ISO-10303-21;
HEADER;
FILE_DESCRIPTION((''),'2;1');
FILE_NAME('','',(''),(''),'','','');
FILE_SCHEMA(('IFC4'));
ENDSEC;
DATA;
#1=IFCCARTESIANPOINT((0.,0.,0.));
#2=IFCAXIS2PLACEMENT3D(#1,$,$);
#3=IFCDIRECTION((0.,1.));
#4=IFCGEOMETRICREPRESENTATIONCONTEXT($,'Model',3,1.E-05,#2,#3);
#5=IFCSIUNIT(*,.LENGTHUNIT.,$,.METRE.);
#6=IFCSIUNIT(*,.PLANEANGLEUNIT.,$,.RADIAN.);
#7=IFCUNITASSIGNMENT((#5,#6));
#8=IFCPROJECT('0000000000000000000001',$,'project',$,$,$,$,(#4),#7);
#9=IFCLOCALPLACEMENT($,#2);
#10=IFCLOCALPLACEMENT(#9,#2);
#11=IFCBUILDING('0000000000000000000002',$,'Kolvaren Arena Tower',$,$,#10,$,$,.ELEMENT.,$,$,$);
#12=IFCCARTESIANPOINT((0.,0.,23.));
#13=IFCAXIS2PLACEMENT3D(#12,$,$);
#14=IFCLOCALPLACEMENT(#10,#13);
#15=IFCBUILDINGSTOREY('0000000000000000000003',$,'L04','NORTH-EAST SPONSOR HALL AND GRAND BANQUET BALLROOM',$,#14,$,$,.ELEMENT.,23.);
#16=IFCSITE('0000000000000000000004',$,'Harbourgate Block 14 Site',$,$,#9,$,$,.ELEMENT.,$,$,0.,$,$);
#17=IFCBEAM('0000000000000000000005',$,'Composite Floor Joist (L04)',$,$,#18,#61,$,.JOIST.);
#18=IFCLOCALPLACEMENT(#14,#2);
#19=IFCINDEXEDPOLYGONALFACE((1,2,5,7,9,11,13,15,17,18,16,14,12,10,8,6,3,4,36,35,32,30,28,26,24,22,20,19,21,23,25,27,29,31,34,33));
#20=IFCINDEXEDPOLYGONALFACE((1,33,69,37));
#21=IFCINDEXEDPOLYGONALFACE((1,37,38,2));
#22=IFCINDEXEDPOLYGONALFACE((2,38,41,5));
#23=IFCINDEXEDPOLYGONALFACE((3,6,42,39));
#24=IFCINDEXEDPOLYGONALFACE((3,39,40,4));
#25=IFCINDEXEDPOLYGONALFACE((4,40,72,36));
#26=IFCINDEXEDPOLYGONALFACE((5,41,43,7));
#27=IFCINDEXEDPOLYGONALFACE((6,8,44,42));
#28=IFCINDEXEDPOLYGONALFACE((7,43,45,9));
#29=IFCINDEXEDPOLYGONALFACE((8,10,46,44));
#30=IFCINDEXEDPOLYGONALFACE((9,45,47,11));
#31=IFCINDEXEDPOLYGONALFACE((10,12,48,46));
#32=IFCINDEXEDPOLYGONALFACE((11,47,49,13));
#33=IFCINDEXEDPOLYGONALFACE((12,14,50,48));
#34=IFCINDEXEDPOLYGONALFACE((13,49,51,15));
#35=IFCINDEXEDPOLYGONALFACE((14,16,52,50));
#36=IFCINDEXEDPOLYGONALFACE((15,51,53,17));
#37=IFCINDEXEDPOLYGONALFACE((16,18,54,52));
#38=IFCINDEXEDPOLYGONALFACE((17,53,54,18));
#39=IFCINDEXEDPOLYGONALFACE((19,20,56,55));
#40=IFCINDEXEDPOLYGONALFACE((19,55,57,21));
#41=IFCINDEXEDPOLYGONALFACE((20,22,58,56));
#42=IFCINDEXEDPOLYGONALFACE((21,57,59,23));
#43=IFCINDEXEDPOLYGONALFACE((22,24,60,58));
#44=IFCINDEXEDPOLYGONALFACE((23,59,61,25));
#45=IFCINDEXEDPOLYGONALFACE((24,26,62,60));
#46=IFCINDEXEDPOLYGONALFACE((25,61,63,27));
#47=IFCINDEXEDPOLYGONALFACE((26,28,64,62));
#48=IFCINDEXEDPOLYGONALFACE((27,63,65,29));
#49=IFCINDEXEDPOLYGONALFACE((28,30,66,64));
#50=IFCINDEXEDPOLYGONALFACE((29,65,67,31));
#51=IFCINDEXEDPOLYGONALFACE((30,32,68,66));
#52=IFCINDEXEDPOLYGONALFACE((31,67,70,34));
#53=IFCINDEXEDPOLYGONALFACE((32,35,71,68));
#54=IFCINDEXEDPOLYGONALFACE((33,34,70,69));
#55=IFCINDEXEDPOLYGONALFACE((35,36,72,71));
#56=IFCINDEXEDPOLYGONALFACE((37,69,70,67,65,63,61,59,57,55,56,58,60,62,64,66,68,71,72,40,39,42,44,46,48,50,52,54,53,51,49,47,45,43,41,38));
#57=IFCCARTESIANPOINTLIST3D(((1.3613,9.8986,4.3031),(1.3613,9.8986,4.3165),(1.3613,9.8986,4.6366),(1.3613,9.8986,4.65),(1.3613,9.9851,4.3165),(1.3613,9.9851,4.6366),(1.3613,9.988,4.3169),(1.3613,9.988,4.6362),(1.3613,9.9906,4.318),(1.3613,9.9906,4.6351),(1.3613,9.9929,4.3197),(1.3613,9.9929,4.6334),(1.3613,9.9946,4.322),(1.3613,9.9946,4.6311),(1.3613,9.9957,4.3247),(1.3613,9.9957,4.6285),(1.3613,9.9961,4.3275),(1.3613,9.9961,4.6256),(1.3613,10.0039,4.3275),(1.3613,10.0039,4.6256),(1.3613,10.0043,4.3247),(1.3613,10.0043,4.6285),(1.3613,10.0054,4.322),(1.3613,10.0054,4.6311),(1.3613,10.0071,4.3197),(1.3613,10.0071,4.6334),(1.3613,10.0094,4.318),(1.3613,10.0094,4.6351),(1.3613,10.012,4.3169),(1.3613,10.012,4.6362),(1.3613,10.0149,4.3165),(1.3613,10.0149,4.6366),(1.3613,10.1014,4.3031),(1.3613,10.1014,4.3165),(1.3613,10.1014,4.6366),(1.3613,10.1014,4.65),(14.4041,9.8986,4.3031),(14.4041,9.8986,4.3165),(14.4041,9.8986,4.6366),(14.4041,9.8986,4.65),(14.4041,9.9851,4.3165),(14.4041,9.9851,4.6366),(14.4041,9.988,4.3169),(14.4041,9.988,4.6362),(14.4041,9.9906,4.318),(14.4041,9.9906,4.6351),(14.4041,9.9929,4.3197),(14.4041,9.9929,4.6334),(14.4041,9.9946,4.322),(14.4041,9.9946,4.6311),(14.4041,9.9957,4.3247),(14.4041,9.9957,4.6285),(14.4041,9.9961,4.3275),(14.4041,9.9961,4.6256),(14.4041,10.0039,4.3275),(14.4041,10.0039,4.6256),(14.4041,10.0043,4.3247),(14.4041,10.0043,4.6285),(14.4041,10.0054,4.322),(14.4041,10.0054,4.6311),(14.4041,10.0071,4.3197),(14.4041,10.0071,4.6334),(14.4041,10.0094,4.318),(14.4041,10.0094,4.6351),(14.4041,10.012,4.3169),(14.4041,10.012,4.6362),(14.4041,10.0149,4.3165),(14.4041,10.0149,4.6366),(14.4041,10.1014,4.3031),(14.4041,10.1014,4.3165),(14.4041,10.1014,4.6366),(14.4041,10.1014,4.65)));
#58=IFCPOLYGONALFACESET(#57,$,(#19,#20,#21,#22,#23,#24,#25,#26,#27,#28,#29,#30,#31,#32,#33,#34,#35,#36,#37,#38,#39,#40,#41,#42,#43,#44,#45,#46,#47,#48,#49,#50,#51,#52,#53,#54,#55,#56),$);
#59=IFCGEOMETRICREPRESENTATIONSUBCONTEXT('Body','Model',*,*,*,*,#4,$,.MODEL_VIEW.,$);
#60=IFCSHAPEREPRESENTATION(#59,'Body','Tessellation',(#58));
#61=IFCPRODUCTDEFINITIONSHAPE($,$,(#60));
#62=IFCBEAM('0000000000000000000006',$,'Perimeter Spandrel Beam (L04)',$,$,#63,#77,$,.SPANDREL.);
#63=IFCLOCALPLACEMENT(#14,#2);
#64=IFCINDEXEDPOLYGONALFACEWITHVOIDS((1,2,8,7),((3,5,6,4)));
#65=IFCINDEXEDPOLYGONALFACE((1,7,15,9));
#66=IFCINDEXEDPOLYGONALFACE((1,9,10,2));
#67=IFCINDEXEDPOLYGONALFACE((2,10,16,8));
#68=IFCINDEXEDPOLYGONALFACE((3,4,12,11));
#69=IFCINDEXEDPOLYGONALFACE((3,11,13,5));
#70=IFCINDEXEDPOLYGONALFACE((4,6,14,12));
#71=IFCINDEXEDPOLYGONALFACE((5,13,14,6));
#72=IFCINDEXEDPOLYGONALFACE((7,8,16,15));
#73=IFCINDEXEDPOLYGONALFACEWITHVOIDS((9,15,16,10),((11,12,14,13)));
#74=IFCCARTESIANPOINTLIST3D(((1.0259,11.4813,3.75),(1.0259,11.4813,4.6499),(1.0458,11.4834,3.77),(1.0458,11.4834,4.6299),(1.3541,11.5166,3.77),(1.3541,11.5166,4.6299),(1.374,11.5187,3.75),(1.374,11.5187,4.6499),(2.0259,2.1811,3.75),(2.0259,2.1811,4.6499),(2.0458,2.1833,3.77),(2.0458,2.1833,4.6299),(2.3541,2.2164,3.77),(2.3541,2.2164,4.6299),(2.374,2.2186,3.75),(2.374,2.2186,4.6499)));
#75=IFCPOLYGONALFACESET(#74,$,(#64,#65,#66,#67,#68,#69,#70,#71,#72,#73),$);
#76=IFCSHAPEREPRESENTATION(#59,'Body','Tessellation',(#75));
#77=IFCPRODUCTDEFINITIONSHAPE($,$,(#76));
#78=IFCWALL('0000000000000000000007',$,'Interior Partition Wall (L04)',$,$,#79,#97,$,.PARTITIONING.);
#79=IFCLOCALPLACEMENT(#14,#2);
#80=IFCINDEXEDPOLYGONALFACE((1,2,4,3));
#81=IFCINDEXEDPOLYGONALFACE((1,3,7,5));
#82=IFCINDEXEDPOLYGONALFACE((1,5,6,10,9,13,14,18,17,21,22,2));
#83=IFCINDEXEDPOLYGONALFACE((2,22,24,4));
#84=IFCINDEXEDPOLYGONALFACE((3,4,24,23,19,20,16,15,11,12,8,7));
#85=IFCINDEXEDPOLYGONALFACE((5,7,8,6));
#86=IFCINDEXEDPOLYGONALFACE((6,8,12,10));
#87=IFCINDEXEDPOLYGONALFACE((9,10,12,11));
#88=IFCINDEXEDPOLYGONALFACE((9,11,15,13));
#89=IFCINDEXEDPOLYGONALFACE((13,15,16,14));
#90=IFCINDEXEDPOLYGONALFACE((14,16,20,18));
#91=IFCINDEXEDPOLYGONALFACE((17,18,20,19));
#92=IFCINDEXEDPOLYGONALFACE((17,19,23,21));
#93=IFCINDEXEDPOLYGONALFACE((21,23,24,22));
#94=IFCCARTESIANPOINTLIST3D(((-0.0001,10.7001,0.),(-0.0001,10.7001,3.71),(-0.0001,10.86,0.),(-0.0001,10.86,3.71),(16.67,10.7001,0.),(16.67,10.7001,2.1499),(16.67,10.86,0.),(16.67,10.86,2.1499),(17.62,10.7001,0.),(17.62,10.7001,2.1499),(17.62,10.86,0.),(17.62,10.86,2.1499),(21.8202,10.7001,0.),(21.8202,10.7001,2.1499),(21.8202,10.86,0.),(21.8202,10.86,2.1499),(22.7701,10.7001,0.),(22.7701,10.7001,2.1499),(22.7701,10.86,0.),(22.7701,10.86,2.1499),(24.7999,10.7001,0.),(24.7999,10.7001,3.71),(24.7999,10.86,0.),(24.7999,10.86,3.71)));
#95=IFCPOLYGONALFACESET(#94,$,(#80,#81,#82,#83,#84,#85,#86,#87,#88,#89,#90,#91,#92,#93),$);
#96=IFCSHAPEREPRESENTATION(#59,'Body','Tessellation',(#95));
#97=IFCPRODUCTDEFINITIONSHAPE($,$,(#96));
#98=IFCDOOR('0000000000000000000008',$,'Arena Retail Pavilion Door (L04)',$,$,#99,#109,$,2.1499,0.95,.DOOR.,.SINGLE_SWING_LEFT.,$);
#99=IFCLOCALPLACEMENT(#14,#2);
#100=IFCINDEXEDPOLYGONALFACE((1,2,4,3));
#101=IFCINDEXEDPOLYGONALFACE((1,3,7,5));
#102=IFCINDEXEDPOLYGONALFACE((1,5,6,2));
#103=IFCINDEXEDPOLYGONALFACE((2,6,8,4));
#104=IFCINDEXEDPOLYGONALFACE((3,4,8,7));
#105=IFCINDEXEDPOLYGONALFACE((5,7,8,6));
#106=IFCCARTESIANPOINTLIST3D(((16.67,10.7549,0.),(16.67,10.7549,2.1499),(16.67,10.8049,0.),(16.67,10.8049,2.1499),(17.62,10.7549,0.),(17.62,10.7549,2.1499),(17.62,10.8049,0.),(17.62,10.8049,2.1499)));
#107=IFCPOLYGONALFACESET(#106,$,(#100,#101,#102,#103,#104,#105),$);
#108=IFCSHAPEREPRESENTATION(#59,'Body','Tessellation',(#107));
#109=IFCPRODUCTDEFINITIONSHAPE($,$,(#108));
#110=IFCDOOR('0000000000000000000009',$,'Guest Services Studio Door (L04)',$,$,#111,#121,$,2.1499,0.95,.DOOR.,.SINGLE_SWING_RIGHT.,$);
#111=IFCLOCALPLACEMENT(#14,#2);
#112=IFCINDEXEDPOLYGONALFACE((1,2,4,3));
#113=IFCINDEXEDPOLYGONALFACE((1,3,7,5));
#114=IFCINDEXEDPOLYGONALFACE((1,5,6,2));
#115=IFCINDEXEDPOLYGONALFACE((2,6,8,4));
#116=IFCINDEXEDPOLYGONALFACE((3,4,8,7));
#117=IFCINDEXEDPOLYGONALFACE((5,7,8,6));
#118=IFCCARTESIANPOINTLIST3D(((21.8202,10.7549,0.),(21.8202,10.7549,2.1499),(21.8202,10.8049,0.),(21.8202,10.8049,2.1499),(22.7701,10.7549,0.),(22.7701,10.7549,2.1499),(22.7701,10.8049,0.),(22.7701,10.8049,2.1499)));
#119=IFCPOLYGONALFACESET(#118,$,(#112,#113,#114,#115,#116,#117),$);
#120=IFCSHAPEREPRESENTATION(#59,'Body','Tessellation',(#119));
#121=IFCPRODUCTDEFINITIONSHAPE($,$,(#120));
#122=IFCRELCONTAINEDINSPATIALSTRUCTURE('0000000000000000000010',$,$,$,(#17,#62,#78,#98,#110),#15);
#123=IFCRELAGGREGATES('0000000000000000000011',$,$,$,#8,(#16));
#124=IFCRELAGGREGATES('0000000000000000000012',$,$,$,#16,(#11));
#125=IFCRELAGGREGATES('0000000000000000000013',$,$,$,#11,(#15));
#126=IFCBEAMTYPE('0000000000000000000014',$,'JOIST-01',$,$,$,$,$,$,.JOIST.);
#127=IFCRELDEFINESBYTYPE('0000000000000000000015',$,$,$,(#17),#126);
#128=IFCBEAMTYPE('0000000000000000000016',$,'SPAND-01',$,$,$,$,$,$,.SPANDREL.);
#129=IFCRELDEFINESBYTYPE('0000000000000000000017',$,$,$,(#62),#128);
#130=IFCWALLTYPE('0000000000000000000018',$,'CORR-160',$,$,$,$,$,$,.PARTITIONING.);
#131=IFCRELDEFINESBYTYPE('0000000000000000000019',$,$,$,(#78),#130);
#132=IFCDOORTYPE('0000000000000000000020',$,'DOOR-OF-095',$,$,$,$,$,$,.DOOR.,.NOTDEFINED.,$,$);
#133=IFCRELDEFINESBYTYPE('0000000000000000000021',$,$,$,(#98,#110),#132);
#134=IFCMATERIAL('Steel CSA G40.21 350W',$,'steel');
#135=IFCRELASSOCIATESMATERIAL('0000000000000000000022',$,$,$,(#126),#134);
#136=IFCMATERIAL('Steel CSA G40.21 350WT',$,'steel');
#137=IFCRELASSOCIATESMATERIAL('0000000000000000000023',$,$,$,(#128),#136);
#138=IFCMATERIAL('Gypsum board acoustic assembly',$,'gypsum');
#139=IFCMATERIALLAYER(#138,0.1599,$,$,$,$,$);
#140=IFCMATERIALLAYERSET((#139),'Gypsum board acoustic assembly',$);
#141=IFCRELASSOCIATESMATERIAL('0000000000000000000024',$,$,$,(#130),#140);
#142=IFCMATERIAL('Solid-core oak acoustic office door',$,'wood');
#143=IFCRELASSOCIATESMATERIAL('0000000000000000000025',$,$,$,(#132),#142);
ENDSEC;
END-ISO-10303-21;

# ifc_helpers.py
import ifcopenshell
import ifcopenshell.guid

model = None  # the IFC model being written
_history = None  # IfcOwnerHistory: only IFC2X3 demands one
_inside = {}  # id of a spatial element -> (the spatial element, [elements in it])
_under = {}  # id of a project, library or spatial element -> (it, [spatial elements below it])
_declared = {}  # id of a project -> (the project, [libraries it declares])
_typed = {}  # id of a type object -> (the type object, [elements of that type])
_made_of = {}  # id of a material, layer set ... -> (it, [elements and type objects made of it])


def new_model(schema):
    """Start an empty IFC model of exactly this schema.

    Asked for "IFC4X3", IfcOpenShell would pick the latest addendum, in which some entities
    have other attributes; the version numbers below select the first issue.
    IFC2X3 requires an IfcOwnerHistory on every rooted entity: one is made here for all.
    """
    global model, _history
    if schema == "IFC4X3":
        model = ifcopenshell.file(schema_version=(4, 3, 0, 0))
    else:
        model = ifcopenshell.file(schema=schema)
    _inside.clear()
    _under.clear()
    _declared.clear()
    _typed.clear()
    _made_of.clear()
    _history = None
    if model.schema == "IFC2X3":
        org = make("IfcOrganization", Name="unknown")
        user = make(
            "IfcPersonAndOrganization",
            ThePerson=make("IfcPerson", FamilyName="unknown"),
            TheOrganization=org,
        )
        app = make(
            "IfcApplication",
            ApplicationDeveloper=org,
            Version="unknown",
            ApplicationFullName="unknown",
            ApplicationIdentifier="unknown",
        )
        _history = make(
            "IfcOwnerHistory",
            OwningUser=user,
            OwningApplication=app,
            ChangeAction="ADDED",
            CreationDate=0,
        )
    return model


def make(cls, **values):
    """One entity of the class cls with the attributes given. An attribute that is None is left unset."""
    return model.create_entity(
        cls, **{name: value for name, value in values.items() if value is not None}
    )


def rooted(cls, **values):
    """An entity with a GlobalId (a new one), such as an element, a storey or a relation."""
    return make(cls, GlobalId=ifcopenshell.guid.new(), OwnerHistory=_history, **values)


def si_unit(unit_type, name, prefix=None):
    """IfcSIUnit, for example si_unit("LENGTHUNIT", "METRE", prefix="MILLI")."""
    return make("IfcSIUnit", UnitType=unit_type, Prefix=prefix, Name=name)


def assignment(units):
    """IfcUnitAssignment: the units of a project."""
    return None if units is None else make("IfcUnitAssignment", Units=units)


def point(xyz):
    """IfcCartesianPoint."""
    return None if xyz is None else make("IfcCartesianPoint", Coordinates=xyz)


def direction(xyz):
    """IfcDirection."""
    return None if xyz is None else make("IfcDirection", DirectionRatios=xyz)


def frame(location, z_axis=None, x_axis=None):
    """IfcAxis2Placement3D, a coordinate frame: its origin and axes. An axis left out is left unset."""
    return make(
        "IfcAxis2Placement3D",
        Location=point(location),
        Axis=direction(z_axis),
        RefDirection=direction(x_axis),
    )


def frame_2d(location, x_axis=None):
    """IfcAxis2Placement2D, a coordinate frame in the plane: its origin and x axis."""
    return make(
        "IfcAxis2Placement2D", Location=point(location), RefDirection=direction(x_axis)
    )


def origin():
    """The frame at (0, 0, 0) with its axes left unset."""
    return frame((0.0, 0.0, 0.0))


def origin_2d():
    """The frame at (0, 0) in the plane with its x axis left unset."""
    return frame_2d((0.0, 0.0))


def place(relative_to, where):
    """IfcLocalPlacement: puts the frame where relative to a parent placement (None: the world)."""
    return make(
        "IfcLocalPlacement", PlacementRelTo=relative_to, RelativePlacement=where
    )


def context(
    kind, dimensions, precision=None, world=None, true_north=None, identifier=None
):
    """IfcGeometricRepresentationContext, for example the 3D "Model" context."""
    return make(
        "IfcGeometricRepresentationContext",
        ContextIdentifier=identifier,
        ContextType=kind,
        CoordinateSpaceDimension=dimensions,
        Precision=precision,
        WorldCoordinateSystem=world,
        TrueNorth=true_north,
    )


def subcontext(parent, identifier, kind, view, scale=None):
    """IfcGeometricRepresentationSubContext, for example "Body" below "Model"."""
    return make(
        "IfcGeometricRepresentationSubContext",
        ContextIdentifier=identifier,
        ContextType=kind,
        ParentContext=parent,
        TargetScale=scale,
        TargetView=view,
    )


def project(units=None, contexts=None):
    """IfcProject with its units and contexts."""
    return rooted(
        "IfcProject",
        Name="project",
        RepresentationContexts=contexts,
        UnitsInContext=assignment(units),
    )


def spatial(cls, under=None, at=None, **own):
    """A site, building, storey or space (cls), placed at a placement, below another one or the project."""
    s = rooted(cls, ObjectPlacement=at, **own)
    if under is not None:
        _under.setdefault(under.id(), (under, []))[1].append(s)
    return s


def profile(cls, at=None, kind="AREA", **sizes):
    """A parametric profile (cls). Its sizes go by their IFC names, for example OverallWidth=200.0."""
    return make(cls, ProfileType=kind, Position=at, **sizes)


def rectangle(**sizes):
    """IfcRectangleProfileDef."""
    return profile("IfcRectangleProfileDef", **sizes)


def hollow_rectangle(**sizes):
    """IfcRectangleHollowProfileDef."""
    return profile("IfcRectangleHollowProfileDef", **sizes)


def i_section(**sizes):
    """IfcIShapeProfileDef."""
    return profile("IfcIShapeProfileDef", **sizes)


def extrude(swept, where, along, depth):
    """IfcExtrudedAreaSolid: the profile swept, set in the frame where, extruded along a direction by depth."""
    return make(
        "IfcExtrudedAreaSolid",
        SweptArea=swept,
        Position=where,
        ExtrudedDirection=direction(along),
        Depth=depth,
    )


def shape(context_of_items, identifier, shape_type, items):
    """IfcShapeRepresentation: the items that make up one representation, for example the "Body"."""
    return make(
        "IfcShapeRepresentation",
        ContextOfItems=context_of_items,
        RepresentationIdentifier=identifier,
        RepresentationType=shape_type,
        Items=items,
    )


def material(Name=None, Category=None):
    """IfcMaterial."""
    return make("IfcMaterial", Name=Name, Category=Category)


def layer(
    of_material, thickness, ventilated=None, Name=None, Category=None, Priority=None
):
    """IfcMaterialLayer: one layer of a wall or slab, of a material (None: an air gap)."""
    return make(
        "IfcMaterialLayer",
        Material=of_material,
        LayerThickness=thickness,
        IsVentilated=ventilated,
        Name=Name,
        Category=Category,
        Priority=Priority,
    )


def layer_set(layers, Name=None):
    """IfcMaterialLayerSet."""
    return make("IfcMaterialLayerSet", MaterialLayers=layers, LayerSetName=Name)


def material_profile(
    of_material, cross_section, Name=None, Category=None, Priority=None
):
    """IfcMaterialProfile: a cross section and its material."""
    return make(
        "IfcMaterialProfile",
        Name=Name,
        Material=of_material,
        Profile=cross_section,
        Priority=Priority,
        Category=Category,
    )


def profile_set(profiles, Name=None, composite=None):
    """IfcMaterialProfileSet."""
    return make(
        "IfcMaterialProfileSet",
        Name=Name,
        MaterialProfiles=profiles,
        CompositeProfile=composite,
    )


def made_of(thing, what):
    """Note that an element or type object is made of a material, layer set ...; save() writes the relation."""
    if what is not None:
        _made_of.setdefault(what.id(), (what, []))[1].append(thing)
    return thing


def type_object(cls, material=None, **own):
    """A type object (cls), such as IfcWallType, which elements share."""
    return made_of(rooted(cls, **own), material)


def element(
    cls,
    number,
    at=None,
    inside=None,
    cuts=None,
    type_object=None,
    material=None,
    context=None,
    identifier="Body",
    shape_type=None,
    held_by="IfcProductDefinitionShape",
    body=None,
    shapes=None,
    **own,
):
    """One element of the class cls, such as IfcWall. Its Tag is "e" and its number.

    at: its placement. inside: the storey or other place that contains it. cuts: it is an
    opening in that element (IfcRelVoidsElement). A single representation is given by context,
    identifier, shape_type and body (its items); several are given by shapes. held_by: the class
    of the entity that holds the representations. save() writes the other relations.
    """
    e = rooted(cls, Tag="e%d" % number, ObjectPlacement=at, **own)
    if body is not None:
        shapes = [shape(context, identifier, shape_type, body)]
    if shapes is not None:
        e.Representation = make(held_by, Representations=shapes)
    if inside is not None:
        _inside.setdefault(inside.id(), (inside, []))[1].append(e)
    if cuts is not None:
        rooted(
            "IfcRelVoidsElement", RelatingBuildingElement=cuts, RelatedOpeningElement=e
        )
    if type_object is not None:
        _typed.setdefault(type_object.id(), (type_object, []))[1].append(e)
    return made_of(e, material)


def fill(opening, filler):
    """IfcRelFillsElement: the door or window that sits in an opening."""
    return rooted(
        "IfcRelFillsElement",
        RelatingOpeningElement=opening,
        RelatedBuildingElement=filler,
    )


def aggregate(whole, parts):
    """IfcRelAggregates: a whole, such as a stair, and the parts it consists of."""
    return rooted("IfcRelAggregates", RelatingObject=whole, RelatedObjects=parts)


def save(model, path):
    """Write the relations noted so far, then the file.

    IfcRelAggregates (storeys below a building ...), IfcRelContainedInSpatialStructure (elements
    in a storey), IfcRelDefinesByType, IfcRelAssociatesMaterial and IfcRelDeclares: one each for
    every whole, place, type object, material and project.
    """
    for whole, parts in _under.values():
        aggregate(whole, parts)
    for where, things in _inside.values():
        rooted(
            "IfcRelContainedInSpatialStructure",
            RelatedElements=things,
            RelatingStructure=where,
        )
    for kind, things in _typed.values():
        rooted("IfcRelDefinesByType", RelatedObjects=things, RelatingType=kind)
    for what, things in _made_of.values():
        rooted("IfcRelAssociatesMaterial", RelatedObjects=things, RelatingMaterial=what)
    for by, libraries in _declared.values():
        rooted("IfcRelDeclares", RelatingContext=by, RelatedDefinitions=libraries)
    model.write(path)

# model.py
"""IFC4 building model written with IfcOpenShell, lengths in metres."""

from ifc_helpers import new_model, si_unit, direction, frame, frame_2d, origin, origin_2d, place, context, subcontext, project, spatial, rectangle, hollow_rectangle, i_section, extrude, material, layer, layer_set, material_profile, profile_set, type_object, element, fill, save


model = new_model("IFC4")

# Units and contexts
model_context = context("Model", 3, precision=1e-05, world=origin(), true_north=direction((0.0, 1.0)))
body_context = subcontext(model_context, "Body", "Model", "MODEL_VIEW")
ifc_project = project(units=[si_unit("LENGTHUNIT", "METRE"), si_unit("PLANEANGLEUNIT", "RADIAN")], contexts=[model_context])

# Site, building, storey
site_placement = place(None, origin())
site = spatial("IfcSite", under=ifc_project, at=site_placement, Name="Harbourgate Block 14 Site", CompositionType="ELEMENT", RefElevation=0.0)
building_placement = place(site_placement, origin())
building = spatial("IfcBuilding", under=site, at=building_placement, Name="Kolvaren Arena Tower", CompositionType="ELEMENT")
storey_placement = place(building_placement, frame((0.0, 0.0, 23.0)))
storey = spatial("IfcBuildingStorey", under=building, at=storey_placement, Name="L04", Description="NORTH-EAST SPONSOR HALL AND GRAND BANQUET BALLROOM", CompositionType="ELEMENT", Elevation=23.0)

# Beams
ifc_material_1 = material(Name="Steel CSA G40.21 350W", Category="steel")
ifc_material_profile_1 = material_profile(ifc_material_1, i_section(OverallWidth=0.2029, OverallDepth=0.3469, WebThickness=0.0078, FlangeThickness=0.0134, FilletRadius=0.011, at=origin_2d()), Name="W360x64")
ifc_profile_set_1 = profile_set([ifc_material_profile_1], Name="Steel CSA G40.21 350W")
beam_type_1 = type_object("IfcBeamType", Name="JOIST-01", PredefinedType="JOIST", material=ifc_profile_set_1)
beam_1_placement = place(storey_placement, frame((1.3613, 10.0, 4.4766), z_axis=(1.0, 0.0, 0.0), x_axis=(0.0, 1.0, 0.0)))
element("IfcBeam", 1, at=beam_1_placement, inside=storey, type_object=beam_type_1, Name="Composite Floor Joist (L04)", PredefinedType="JOIST", context=body_context, shape_type="SweptSolid", body=[
    extrude(i_section(OverallWidth=0.2029, OverallDepth=0.3469, WebThickness=0.0078, FlangeThickness=0.0134, FilletRadius=0.011, at=origin_2d()), origin(), (0.0, 0.0, 1.0), 13.0427),
])
ifc_material_2 = material(Name="Steel CSA G40.21 350WT", Category="steel")
ifc_material_profile_2 = material_profile(ifc_material_2, hollow_rectangle(XDim=0.3501, YDim=0.8999, WallThickness=0.02, at=origin_2d()), Name="HSS 900x350x20")
ifc_profile_set_2 = profile_set([ifc_material_profile_2], Name="Steel CSA G40.21 350WT")
beam_type_2 = type_object("IfcBeamType", Name="SPAND-01", PredefinedType="SPANDREL", material=ifc_profile_set_2)
beam_2_placement = place(storey_placement, frame((1.2, 11.5, 4.2), z_axis=(0.10691, -0.994269, 0.0), x_axis=(0.994269, 0.10691, 0.0)))
element("IfcBeam", 2, at=beam_2_placement, inside=storey, type_object=beam_type_2, Name="Perimeter Spandrel Beam (L04)", PredefinedType="SPANDREL", context=body_context, shape_type="SweptSolid", body=[
    extrude(hollow_rectangle(XDim=0.3501, YDim=0.8999, WallThickness=0.02, at=origin_2d()), origin(), (0.0, 0.0, 1.0), 9.3538),
])

# Wall, openings, doors
ifc_material_3 = material(Name="Gypsum board acoustic assembly", Category="gypsum")
ifc_layer_1 = layer(ifc_material_3, 0.1599)
ifc_layer_set_1 = layer_set([ifc_layer_1], Name="Gypsum board acoustic assembly")
wall_type_1 = type_object("IfcWallType", Name="CORR-160", PredefinedType="PARTITIONING", material=ifc_layer_set_1)
wall_1_placement = place(storey_placement, frame((0.0, 10.78, 0.0), z_axis=(0.0, 0.0, 1.0), x_axis=(1.0, 0.0, 0.0)))
wall_1 = element("IfcWall", 3, at=wall_1_placement, inside=storey, type_object=wall_type_1, Name="Interior Partition Wall (L04)", PredefinedType="PARTITIONING", context=body_context, shape_type="SweptSolid", body=[
    extrude(rectangle(XDim=24.8, YDim=0.1599, at=frame_2d((12.3999, 0.0))), origin(), (0.0, 0.0, 1.0), 3.71),
])
opening_1_placement = place(wall_1_placement, frame((16.6699, 0.0, 0.0)))
opening_1 = element("IfcOpeningElement", 4, at=opening_1_placement, cuts=wall_1, PredefinedType="OPENING", context=body_context, shape_type="SweptSolid", body=[
    extrude(rectangle(XDim=0.95, YDim=2.1499, at=frame_2d((0.4751, 1.075))), frame((0.0, 0.0898, 0.0), z_axis=(0.0, -1.0, 0.0), x_axis=(1.0, 0.0, 0.0)), (0.0, 0.0, 1.0), 0.1799),
])
opening_2_placement = place(wall_1_placement, frame((21.8201, 0.0, 0.0)))
opening_2 = element("IfcOpeningElement", 5, at=opening_2_placement, cuts=wall_1, PredefinedType="OPENING", context=body_context, shape_type="SweptSolid", body=[
    extrude(rectangle(XDim=0.95, YDim=2.1499, at=frame_2d((0.4751, 1.075))), frame((0.0, 0.0898, 0.0), z_axis=(0.0, -1.0, 0.0), x_axis=(1.0, 0.0, 0.0)), (0.0, 0.0, 1.0), 0.1799),
])
ifc_material_4 = material(Name="Solid-core oak acoustic office door", Category="wood")
door_type = type_object("IfcDoorType", Name="DOOR-OF-095", OperationType="NOTDEFINED", PredefinedType="DOOR", material=ifc_material_4)
door_1_placement = place(opening_1_placement, origin())
door_1 = element("IfcDoor", 6, at=door_1_placement, inside=storey, type_object=door_type, Name="Arena Retail Pavilion Door (L04)", OperationType="SINGLE_SWING_LEFT", OverallHeight=2.1499, OverallWidth=0.95, PredefinedType="DOOR", context=body_context, shape_type="SweptSolid", body=[
    extrude(rectangle(XDim=0.95, YDim=2.1499, at=frame_2d((0.4751, 1.075))), frame((0.0, 0.0249, 0.0), z_axis=(0.0, -1.0, 0.0), x_axis=(1.0, 0.0, 0.0)), (0.0, 0.0, 1.0), 0.05),
])
fill(opening_1, door_1)
door_2_placement = place(opening_2_placement, origin())
door_2 = element("IfcDoor", 7, at=door_2_placement, inside=storey, type_object=door_type, Name="Guest Services Studio Door (L04)", OperationType="SINGLE_SWING_RIGHT", OverallHeight=2.1499, OverallWidth=0.95, PredefinedType="DOOR", context=body_context, shape_type="SweptSolid", body=[
    extrude(rectangle(XDim=0.95, YDim=2.1499, at=frame_2d((0.4751, 1.075))), frame((0.0, 0.0249, 0.0), z_axis=(0.0, -1.0, 0.0), x_axis=(1.0, 0.0, 0.0)), (0.0, 0.0, 1.0), 0.05),
])
fill(opening_2, door_2)

save(model, "model.ifc")
